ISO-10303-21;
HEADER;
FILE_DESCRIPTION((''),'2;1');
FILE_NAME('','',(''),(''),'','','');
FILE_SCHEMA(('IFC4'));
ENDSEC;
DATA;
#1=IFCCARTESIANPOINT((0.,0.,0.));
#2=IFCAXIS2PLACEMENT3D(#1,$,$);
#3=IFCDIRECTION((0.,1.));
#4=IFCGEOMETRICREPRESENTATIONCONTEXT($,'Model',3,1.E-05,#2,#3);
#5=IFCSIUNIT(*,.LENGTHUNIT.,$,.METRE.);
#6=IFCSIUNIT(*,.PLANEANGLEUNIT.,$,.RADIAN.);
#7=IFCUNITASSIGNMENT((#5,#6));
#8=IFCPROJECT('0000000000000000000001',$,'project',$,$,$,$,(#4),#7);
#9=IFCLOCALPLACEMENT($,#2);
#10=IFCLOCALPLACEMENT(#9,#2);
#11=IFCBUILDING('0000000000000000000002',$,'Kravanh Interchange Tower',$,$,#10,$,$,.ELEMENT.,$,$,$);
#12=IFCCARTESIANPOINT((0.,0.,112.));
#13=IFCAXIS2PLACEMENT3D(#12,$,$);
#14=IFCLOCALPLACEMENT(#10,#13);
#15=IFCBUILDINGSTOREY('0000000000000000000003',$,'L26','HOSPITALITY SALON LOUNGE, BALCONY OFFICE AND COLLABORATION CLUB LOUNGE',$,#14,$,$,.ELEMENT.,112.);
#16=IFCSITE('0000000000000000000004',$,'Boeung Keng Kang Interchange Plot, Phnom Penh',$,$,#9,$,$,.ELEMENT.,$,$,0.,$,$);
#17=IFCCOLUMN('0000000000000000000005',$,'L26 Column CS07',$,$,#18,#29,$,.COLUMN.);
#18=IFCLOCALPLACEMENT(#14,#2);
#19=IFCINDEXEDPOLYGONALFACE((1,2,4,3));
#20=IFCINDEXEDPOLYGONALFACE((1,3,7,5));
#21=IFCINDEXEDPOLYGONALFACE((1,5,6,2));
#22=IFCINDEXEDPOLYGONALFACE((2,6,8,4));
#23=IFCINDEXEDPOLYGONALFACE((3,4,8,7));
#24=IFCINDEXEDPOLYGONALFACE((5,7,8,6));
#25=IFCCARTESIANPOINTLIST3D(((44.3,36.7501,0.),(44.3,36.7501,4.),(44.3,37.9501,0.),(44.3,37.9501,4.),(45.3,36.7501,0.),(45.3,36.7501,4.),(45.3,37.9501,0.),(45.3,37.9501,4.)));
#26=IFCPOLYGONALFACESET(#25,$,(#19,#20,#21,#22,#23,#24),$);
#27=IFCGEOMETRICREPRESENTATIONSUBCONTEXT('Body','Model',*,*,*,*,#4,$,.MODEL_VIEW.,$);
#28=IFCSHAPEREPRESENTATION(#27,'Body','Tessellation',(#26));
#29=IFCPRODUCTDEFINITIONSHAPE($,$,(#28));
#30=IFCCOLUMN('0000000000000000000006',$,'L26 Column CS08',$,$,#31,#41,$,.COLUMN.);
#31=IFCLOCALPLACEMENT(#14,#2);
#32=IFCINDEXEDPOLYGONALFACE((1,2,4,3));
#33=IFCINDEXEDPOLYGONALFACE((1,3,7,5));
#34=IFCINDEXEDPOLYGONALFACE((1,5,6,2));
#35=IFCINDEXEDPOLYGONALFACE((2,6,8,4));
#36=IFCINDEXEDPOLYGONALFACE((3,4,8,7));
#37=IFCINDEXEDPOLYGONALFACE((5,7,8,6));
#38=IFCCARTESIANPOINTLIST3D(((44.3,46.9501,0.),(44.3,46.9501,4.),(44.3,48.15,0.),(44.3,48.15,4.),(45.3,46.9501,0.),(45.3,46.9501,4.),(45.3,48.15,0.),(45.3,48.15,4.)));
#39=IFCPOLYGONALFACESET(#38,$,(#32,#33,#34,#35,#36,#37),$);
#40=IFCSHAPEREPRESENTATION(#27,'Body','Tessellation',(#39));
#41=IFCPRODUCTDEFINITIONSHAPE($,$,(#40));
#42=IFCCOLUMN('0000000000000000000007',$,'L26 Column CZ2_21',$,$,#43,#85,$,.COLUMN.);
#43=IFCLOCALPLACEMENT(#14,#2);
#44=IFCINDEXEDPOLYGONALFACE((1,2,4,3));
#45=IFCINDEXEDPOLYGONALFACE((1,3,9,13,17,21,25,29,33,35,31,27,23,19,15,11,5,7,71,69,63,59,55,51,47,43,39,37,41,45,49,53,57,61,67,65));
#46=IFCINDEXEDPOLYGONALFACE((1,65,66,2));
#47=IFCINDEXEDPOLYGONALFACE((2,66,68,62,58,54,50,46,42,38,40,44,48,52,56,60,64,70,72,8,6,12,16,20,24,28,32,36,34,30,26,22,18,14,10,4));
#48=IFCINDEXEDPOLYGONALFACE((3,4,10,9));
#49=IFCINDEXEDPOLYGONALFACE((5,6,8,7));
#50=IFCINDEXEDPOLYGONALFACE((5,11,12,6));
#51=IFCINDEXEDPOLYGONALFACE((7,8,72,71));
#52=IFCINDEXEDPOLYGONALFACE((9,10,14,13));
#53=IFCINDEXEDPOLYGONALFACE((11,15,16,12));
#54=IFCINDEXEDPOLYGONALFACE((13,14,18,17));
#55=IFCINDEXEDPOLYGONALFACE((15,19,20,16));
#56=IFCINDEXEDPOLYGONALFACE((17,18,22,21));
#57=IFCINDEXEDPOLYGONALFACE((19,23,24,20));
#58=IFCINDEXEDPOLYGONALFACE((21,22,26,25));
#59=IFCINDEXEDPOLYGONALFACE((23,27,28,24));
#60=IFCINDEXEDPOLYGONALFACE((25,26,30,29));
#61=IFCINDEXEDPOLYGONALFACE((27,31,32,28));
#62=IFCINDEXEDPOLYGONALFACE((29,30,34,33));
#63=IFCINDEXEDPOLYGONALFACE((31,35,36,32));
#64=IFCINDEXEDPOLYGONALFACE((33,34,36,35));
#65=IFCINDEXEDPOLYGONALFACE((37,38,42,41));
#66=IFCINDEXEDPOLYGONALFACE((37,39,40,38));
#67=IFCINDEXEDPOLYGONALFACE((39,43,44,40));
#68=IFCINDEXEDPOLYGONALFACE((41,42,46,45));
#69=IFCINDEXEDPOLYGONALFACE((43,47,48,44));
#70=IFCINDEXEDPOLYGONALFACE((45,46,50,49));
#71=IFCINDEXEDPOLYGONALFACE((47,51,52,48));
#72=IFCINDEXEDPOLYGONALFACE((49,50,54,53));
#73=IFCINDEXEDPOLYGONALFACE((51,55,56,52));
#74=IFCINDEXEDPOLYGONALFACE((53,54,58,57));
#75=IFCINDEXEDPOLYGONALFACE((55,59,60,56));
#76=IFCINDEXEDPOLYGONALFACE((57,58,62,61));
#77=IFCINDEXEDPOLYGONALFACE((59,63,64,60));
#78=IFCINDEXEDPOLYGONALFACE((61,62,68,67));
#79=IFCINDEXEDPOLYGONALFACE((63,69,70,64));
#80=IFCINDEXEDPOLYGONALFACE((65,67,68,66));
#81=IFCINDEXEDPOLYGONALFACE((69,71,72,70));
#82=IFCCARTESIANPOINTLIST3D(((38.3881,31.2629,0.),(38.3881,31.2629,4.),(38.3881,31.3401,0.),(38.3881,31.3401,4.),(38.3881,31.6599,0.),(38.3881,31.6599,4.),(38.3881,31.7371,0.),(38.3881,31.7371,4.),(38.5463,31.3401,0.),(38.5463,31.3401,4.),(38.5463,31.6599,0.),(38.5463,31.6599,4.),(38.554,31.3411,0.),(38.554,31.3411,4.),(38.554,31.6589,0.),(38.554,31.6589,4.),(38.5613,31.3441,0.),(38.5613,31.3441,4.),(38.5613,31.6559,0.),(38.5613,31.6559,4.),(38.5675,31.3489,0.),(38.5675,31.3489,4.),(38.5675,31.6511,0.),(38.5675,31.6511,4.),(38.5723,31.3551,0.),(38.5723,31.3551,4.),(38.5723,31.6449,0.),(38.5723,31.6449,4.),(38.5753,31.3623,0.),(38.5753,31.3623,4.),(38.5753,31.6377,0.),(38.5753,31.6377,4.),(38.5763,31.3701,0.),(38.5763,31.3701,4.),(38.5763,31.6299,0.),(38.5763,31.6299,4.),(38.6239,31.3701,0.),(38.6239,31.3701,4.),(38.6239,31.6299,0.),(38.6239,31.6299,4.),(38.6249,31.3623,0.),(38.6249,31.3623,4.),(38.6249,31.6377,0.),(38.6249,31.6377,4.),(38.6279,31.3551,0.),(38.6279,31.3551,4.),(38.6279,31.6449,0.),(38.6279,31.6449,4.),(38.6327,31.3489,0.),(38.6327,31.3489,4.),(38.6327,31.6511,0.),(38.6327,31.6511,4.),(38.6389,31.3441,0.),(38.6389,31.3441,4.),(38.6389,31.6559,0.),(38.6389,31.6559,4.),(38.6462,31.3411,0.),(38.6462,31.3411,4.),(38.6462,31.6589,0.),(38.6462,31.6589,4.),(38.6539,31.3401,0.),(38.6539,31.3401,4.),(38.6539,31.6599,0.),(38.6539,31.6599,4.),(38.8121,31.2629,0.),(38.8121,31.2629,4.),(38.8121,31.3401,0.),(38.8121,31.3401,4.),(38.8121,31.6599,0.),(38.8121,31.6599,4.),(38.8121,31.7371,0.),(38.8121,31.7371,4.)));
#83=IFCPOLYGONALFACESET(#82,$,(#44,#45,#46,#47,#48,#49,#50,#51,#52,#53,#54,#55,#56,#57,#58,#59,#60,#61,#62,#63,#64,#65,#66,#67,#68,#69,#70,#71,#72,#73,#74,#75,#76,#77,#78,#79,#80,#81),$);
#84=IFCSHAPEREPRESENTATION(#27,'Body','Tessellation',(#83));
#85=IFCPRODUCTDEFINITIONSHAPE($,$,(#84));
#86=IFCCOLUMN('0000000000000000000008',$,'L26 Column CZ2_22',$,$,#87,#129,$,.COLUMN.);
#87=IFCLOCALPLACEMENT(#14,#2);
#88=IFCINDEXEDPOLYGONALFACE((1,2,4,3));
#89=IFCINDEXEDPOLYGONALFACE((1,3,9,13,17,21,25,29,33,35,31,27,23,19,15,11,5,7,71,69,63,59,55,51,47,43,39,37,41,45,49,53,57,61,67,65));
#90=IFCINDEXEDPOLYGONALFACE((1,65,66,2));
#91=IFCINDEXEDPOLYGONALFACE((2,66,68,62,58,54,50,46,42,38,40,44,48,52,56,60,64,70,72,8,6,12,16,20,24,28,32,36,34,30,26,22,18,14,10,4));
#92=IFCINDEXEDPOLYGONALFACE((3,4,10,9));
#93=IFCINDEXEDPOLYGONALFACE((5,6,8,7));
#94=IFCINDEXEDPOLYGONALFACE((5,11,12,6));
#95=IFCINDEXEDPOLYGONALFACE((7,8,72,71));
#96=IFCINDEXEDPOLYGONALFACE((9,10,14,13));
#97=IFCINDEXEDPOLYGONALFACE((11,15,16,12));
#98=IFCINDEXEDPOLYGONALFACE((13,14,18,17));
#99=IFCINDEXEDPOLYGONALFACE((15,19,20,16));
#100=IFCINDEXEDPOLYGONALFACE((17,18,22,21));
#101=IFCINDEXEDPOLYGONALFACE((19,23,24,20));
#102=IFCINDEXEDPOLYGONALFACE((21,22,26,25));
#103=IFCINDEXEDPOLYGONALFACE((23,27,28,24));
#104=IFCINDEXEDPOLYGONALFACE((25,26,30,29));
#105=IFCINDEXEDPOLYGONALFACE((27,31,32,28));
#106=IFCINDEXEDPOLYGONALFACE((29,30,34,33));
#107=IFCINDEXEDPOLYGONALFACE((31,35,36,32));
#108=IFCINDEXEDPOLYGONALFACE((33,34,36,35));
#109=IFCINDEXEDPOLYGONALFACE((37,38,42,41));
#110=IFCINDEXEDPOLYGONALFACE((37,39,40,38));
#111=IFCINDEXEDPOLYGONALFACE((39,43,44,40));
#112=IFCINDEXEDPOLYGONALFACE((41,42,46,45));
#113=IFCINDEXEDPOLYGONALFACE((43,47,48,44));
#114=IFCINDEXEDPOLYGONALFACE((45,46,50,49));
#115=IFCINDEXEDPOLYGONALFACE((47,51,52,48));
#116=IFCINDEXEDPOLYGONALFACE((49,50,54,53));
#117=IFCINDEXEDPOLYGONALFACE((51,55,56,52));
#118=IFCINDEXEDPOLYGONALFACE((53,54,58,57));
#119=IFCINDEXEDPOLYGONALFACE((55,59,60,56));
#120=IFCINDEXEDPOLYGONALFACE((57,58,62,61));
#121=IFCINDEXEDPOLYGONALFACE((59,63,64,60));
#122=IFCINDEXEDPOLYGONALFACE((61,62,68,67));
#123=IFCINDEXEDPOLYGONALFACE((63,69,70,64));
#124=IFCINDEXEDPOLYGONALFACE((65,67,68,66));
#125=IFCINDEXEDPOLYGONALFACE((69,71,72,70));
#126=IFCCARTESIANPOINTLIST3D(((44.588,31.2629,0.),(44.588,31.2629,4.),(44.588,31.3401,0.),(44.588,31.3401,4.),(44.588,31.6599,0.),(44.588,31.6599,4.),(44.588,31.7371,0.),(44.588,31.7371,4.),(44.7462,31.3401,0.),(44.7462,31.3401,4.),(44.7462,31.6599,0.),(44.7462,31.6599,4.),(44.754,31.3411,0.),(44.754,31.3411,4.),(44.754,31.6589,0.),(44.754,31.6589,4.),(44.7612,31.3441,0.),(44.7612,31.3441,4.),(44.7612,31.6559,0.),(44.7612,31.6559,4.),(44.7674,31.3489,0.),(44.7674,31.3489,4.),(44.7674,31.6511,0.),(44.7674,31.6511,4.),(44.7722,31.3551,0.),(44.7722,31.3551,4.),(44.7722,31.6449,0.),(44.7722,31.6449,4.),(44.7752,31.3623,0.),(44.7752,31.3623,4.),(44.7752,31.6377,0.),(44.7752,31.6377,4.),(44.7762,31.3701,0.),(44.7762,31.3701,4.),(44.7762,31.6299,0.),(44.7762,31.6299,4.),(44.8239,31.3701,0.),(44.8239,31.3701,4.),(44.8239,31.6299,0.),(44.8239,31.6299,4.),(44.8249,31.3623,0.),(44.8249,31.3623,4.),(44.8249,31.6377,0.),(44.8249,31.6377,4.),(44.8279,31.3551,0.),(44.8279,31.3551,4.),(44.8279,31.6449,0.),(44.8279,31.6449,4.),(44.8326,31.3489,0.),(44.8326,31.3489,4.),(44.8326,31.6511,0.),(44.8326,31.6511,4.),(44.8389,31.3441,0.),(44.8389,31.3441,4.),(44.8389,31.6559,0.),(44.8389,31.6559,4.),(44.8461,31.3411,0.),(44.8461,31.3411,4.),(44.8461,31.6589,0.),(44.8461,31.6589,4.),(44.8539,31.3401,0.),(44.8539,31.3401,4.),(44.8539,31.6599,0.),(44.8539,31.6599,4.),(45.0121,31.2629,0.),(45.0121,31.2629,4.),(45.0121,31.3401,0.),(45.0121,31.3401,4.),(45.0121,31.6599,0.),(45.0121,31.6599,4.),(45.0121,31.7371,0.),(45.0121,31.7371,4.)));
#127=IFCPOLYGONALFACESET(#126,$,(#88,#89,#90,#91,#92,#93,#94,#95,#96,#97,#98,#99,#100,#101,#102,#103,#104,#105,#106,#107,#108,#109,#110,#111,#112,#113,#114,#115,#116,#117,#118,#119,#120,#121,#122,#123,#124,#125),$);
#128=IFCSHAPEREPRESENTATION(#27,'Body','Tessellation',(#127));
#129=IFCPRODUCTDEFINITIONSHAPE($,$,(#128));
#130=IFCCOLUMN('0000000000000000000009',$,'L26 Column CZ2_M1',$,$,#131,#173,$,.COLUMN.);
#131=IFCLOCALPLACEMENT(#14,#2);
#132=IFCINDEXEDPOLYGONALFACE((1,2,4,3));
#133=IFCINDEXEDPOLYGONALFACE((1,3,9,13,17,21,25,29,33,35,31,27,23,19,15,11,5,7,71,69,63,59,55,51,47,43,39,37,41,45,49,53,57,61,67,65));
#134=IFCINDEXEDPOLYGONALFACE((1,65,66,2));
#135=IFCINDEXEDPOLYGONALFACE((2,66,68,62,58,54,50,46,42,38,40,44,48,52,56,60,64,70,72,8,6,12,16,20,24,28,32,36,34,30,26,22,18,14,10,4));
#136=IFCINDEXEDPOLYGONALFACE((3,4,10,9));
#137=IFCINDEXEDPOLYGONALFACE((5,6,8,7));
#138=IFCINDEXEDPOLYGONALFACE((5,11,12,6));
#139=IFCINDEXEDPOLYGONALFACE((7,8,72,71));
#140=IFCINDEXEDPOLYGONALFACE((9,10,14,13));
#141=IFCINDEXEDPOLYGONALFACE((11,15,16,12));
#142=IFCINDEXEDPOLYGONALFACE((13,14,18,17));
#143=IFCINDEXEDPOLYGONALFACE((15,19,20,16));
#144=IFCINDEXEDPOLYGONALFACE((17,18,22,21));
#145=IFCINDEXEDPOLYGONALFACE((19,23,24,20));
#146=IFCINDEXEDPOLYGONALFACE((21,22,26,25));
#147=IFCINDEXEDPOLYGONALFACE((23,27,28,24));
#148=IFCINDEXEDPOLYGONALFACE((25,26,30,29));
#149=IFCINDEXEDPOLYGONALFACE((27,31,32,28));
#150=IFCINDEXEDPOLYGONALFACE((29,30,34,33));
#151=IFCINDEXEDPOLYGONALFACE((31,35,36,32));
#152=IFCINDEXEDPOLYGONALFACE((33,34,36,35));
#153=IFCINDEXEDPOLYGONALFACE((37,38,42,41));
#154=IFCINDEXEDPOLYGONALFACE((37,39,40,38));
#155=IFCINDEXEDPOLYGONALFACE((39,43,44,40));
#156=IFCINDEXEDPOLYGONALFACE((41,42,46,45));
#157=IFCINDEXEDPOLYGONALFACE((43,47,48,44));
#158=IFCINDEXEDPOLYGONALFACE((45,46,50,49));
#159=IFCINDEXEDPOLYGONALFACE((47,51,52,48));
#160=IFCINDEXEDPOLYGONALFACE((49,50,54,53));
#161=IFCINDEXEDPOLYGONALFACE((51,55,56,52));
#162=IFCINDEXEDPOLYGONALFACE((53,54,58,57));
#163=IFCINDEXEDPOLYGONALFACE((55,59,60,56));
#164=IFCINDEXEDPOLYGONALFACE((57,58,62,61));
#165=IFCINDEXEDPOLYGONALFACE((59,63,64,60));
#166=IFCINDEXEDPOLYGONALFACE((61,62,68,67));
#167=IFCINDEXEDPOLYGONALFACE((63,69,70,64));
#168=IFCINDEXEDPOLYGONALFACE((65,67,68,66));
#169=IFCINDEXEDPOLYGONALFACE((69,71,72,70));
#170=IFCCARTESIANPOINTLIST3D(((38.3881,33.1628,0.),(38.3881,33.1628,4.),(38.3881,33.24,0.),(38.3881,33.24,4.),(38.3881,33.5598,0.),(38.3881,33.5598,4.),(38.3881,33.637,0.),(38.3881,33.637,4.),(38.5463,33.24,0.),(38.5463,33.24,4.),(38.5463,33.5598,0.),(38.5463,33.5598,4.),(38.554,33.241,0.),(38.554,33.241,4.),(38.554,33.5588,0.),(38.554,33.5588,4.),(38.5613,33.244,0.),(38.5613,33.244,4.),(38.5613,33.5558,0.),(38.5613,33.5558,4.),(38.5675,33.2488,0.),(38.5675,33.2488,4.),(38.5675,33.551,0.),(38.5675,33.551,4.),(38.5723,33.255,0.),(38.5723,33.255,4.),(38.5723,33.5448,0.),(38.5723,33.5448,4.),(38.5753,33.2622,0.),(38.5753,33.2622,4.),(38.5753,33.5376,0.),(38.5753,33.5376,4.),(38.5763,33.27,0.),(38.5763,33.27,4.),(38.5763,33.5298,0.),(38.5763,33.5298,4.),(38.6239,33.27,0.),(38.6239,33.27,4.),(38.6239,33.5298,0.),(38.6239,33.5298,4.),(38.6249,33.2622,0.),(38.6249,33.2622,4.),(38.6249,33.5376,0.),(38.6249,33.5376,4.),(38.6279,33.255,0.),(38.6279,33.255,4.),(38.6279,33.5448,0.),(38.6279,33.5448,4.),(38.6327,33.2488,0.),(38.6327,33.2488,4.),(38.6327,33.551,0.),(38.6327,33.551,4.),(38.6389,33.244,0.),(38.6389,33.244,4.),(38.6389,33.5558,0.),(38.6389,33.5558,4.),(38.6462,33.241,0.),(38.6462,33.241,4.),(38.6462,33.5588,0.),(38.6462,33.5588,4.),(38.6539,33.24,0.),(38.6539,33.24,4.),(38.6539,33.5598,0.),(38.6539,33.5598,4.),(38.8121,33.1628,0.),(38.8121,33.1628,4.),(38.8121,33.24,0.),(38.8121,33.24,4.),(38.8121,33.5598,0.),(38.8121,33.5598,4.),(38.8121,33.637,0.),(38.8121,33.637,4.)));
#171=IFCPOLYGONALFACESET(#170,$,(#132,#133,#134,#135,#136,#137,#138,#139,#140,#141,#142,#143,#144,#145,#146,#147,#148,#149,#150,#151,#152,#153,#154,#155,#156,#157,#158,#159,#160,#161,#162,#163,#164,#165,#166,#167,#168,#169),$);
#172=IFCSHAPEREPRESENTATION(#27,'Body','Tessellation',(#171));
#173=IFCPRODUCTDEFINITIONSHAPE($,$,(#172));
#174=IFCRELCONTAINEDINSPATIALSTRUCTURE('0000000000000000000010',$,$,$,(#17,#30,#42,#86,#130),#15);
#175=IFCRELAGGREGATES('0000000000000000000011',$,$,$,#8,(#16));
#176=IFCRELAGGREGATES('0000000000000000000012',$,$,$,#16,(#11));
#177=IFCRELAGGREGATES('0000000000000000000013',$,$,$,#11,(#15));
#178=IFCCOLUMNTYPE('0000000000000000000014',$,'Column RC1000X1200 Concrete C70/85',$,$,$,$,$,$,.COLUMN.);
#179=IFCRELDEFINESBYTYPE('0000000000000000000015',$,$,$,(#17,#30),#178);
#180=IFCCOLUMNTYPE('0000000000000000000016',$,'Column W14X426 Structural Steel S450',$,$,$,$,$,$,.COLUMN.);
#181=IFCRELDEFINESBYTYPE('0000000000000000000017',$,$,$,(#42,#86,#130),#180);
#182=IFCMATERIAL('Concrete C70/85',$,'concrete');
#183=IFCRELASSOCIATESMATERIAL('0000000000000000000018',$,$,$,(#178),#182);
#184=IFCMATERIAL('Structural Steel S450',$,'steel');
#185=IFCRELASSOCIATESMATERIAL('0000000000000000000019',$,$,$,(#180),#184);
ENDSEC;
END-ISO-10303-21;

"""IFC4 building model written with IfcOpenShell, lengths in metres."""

from ifc_helpers import new_model, si_unit, direction, frame, origin, origin_2d, place, context, subcontext, project, spatial, rectangle, i_section, extrude, material, material_profile, profile_set, type_object, element, save


model = new_model("IFC4")

# Units and contexts
model_context = context("Model", 3, precision=1e-05, world=origin(), true_north=direction((0.0, 1.0)))
body_context = subcontext(model_context, "Body", "Model", "MODEL_VIEW")
ifc_project = project(units=[si_unit("LENGTHUNIT", "METRE"), si_unit("PLANEANGLEUNIT", "RADIAN")], contexts=[model_context])

# Site, building, storey
site_placement = place(None, origin())
site = spatial("IfcSite", under=ifc_project, at=site_placement, Name="Boeung Keng Kang Interchange Plot, Phnom Penh", CompositionType="ELEMENT", RefElevation=0.0)
building_placement = place(site_placement, origin())
building = spatial("IfcBuilding", under=site, at=building_placement, Name="Kravanh Interchange Tower", CompositionType="ELEMENT")
storey_placement = place(building_placement, frame((0.0, 0.0, 112.0)))
storey = spatial("IfcBuildingStorey", under=building, at=storey_placement, Name="L26", Description="HOSPITALITY SALON LOUNGE, BALCONY OFFICE AND COLLABORATION CLUB LOUNGE", CompositionType="ELEMENT", Elevation=112.0)

# Columns
ifc_material_1 = material(Name="Concrete C70/85", Category="concrete")
ifc_material_profile_1 = material_profile(ifc_material_1, rectangle(XDim=1.0, YDim=1.2, at=origin_2d()), Name="RC1000X1200")
ifc_profile_set_1 = profile_set([ifc_material_profile_1], Name="Concrete C70/85")
column_type_1 = type_object("IfcColumnType", Name="Column RC1000X1200 Concrete C70/85", PredefinedType="COLUMN", material=ifc_profile_set_1)
for number, where, z_axis, x_axis, name in (
    (1, (44.8, 37.3501, 0.0), (0.0, 0.0, 1.0), (1.0, 0.0, 0.0), "L26 Column CS07"),
    (2, (44.8, 47.55, 0.0), (0.0, 0.0, 1.0), (1.0, 0.0, 0.0), "L26 Column CS08"),
):
    element("IfcColumn", number, at=place(storey_placement, frame(where, z_axis=z_axis, x_axis=x_axis)), inside=storey, type_object=column_type_1, Name=name, PredefinedType="COLUMN", context=body_context, shape_type="SweptSolid", body=[
        extrude(rectangle(XDim=1.0, YDim=1.2, at=origin_2d()), origin(), (0.0, 0.0, 1.0), 4.0),
    ])
ifc_material_2 = material(Name="Structural Steel S450", Category="steel")
ifc_material_profile_2 = material_profile(ifc_material_2, i_section(OverallWidth=0.4241, OverallDepth=0.4741, WebThickness=0.0476, FlangeThickness=0.0771, FilletRadius=0.03, at=origin_2d()), Name="W14X426")
ifc_profile_set_2 = profile_set([ifc_material_profile_2], Name="Structural Steel S450")
column_type_2 = type_object("IfcColumnType", Name="Column W14X426 Structural Steel S450", PredefinedType="COLUMN", material=ifc_profile_set_2)
for number, where, z_axis, x_axis, name in (
    (3, (38.6001, 31.5, 0.0), (0.0, 0.0, 1.0), (1.0, 0.0, 0.0), "L26 Column CZ2_21"),
    (4, (44.8, 31.5, 0.0), (0.0, 0.0, 1.0), (1.0, 0.0, 0.0), "L26 Column CZ2_22"),
    (5, (38.6001, 33.3999, 0.0), (0.0, 0.0, 1.0), (1.0, 0.0, 0.0), "L26 Column CZ2_M1"),
):
    element("IfcColumn", number, at=place(storey_placement, frame(where, z_axis=z_axis, x_axis=x_axis)), inside=storey, type_object=column_type_2, Name=name, PredefinedType="COLUMN", context=body_context, shape_type="SweptSolid", body=[
        extrude(i_section(OverallWidth=0.4241, OverallDepth=0.4741, WebThickness=0.0476, FlangeThickness=0.0771, FilletRadius=0.03, at=origin_2d()), origin(), (0.0, 0.0, 1.0), 4.0),
    ])

save(model, "model.ifc")
